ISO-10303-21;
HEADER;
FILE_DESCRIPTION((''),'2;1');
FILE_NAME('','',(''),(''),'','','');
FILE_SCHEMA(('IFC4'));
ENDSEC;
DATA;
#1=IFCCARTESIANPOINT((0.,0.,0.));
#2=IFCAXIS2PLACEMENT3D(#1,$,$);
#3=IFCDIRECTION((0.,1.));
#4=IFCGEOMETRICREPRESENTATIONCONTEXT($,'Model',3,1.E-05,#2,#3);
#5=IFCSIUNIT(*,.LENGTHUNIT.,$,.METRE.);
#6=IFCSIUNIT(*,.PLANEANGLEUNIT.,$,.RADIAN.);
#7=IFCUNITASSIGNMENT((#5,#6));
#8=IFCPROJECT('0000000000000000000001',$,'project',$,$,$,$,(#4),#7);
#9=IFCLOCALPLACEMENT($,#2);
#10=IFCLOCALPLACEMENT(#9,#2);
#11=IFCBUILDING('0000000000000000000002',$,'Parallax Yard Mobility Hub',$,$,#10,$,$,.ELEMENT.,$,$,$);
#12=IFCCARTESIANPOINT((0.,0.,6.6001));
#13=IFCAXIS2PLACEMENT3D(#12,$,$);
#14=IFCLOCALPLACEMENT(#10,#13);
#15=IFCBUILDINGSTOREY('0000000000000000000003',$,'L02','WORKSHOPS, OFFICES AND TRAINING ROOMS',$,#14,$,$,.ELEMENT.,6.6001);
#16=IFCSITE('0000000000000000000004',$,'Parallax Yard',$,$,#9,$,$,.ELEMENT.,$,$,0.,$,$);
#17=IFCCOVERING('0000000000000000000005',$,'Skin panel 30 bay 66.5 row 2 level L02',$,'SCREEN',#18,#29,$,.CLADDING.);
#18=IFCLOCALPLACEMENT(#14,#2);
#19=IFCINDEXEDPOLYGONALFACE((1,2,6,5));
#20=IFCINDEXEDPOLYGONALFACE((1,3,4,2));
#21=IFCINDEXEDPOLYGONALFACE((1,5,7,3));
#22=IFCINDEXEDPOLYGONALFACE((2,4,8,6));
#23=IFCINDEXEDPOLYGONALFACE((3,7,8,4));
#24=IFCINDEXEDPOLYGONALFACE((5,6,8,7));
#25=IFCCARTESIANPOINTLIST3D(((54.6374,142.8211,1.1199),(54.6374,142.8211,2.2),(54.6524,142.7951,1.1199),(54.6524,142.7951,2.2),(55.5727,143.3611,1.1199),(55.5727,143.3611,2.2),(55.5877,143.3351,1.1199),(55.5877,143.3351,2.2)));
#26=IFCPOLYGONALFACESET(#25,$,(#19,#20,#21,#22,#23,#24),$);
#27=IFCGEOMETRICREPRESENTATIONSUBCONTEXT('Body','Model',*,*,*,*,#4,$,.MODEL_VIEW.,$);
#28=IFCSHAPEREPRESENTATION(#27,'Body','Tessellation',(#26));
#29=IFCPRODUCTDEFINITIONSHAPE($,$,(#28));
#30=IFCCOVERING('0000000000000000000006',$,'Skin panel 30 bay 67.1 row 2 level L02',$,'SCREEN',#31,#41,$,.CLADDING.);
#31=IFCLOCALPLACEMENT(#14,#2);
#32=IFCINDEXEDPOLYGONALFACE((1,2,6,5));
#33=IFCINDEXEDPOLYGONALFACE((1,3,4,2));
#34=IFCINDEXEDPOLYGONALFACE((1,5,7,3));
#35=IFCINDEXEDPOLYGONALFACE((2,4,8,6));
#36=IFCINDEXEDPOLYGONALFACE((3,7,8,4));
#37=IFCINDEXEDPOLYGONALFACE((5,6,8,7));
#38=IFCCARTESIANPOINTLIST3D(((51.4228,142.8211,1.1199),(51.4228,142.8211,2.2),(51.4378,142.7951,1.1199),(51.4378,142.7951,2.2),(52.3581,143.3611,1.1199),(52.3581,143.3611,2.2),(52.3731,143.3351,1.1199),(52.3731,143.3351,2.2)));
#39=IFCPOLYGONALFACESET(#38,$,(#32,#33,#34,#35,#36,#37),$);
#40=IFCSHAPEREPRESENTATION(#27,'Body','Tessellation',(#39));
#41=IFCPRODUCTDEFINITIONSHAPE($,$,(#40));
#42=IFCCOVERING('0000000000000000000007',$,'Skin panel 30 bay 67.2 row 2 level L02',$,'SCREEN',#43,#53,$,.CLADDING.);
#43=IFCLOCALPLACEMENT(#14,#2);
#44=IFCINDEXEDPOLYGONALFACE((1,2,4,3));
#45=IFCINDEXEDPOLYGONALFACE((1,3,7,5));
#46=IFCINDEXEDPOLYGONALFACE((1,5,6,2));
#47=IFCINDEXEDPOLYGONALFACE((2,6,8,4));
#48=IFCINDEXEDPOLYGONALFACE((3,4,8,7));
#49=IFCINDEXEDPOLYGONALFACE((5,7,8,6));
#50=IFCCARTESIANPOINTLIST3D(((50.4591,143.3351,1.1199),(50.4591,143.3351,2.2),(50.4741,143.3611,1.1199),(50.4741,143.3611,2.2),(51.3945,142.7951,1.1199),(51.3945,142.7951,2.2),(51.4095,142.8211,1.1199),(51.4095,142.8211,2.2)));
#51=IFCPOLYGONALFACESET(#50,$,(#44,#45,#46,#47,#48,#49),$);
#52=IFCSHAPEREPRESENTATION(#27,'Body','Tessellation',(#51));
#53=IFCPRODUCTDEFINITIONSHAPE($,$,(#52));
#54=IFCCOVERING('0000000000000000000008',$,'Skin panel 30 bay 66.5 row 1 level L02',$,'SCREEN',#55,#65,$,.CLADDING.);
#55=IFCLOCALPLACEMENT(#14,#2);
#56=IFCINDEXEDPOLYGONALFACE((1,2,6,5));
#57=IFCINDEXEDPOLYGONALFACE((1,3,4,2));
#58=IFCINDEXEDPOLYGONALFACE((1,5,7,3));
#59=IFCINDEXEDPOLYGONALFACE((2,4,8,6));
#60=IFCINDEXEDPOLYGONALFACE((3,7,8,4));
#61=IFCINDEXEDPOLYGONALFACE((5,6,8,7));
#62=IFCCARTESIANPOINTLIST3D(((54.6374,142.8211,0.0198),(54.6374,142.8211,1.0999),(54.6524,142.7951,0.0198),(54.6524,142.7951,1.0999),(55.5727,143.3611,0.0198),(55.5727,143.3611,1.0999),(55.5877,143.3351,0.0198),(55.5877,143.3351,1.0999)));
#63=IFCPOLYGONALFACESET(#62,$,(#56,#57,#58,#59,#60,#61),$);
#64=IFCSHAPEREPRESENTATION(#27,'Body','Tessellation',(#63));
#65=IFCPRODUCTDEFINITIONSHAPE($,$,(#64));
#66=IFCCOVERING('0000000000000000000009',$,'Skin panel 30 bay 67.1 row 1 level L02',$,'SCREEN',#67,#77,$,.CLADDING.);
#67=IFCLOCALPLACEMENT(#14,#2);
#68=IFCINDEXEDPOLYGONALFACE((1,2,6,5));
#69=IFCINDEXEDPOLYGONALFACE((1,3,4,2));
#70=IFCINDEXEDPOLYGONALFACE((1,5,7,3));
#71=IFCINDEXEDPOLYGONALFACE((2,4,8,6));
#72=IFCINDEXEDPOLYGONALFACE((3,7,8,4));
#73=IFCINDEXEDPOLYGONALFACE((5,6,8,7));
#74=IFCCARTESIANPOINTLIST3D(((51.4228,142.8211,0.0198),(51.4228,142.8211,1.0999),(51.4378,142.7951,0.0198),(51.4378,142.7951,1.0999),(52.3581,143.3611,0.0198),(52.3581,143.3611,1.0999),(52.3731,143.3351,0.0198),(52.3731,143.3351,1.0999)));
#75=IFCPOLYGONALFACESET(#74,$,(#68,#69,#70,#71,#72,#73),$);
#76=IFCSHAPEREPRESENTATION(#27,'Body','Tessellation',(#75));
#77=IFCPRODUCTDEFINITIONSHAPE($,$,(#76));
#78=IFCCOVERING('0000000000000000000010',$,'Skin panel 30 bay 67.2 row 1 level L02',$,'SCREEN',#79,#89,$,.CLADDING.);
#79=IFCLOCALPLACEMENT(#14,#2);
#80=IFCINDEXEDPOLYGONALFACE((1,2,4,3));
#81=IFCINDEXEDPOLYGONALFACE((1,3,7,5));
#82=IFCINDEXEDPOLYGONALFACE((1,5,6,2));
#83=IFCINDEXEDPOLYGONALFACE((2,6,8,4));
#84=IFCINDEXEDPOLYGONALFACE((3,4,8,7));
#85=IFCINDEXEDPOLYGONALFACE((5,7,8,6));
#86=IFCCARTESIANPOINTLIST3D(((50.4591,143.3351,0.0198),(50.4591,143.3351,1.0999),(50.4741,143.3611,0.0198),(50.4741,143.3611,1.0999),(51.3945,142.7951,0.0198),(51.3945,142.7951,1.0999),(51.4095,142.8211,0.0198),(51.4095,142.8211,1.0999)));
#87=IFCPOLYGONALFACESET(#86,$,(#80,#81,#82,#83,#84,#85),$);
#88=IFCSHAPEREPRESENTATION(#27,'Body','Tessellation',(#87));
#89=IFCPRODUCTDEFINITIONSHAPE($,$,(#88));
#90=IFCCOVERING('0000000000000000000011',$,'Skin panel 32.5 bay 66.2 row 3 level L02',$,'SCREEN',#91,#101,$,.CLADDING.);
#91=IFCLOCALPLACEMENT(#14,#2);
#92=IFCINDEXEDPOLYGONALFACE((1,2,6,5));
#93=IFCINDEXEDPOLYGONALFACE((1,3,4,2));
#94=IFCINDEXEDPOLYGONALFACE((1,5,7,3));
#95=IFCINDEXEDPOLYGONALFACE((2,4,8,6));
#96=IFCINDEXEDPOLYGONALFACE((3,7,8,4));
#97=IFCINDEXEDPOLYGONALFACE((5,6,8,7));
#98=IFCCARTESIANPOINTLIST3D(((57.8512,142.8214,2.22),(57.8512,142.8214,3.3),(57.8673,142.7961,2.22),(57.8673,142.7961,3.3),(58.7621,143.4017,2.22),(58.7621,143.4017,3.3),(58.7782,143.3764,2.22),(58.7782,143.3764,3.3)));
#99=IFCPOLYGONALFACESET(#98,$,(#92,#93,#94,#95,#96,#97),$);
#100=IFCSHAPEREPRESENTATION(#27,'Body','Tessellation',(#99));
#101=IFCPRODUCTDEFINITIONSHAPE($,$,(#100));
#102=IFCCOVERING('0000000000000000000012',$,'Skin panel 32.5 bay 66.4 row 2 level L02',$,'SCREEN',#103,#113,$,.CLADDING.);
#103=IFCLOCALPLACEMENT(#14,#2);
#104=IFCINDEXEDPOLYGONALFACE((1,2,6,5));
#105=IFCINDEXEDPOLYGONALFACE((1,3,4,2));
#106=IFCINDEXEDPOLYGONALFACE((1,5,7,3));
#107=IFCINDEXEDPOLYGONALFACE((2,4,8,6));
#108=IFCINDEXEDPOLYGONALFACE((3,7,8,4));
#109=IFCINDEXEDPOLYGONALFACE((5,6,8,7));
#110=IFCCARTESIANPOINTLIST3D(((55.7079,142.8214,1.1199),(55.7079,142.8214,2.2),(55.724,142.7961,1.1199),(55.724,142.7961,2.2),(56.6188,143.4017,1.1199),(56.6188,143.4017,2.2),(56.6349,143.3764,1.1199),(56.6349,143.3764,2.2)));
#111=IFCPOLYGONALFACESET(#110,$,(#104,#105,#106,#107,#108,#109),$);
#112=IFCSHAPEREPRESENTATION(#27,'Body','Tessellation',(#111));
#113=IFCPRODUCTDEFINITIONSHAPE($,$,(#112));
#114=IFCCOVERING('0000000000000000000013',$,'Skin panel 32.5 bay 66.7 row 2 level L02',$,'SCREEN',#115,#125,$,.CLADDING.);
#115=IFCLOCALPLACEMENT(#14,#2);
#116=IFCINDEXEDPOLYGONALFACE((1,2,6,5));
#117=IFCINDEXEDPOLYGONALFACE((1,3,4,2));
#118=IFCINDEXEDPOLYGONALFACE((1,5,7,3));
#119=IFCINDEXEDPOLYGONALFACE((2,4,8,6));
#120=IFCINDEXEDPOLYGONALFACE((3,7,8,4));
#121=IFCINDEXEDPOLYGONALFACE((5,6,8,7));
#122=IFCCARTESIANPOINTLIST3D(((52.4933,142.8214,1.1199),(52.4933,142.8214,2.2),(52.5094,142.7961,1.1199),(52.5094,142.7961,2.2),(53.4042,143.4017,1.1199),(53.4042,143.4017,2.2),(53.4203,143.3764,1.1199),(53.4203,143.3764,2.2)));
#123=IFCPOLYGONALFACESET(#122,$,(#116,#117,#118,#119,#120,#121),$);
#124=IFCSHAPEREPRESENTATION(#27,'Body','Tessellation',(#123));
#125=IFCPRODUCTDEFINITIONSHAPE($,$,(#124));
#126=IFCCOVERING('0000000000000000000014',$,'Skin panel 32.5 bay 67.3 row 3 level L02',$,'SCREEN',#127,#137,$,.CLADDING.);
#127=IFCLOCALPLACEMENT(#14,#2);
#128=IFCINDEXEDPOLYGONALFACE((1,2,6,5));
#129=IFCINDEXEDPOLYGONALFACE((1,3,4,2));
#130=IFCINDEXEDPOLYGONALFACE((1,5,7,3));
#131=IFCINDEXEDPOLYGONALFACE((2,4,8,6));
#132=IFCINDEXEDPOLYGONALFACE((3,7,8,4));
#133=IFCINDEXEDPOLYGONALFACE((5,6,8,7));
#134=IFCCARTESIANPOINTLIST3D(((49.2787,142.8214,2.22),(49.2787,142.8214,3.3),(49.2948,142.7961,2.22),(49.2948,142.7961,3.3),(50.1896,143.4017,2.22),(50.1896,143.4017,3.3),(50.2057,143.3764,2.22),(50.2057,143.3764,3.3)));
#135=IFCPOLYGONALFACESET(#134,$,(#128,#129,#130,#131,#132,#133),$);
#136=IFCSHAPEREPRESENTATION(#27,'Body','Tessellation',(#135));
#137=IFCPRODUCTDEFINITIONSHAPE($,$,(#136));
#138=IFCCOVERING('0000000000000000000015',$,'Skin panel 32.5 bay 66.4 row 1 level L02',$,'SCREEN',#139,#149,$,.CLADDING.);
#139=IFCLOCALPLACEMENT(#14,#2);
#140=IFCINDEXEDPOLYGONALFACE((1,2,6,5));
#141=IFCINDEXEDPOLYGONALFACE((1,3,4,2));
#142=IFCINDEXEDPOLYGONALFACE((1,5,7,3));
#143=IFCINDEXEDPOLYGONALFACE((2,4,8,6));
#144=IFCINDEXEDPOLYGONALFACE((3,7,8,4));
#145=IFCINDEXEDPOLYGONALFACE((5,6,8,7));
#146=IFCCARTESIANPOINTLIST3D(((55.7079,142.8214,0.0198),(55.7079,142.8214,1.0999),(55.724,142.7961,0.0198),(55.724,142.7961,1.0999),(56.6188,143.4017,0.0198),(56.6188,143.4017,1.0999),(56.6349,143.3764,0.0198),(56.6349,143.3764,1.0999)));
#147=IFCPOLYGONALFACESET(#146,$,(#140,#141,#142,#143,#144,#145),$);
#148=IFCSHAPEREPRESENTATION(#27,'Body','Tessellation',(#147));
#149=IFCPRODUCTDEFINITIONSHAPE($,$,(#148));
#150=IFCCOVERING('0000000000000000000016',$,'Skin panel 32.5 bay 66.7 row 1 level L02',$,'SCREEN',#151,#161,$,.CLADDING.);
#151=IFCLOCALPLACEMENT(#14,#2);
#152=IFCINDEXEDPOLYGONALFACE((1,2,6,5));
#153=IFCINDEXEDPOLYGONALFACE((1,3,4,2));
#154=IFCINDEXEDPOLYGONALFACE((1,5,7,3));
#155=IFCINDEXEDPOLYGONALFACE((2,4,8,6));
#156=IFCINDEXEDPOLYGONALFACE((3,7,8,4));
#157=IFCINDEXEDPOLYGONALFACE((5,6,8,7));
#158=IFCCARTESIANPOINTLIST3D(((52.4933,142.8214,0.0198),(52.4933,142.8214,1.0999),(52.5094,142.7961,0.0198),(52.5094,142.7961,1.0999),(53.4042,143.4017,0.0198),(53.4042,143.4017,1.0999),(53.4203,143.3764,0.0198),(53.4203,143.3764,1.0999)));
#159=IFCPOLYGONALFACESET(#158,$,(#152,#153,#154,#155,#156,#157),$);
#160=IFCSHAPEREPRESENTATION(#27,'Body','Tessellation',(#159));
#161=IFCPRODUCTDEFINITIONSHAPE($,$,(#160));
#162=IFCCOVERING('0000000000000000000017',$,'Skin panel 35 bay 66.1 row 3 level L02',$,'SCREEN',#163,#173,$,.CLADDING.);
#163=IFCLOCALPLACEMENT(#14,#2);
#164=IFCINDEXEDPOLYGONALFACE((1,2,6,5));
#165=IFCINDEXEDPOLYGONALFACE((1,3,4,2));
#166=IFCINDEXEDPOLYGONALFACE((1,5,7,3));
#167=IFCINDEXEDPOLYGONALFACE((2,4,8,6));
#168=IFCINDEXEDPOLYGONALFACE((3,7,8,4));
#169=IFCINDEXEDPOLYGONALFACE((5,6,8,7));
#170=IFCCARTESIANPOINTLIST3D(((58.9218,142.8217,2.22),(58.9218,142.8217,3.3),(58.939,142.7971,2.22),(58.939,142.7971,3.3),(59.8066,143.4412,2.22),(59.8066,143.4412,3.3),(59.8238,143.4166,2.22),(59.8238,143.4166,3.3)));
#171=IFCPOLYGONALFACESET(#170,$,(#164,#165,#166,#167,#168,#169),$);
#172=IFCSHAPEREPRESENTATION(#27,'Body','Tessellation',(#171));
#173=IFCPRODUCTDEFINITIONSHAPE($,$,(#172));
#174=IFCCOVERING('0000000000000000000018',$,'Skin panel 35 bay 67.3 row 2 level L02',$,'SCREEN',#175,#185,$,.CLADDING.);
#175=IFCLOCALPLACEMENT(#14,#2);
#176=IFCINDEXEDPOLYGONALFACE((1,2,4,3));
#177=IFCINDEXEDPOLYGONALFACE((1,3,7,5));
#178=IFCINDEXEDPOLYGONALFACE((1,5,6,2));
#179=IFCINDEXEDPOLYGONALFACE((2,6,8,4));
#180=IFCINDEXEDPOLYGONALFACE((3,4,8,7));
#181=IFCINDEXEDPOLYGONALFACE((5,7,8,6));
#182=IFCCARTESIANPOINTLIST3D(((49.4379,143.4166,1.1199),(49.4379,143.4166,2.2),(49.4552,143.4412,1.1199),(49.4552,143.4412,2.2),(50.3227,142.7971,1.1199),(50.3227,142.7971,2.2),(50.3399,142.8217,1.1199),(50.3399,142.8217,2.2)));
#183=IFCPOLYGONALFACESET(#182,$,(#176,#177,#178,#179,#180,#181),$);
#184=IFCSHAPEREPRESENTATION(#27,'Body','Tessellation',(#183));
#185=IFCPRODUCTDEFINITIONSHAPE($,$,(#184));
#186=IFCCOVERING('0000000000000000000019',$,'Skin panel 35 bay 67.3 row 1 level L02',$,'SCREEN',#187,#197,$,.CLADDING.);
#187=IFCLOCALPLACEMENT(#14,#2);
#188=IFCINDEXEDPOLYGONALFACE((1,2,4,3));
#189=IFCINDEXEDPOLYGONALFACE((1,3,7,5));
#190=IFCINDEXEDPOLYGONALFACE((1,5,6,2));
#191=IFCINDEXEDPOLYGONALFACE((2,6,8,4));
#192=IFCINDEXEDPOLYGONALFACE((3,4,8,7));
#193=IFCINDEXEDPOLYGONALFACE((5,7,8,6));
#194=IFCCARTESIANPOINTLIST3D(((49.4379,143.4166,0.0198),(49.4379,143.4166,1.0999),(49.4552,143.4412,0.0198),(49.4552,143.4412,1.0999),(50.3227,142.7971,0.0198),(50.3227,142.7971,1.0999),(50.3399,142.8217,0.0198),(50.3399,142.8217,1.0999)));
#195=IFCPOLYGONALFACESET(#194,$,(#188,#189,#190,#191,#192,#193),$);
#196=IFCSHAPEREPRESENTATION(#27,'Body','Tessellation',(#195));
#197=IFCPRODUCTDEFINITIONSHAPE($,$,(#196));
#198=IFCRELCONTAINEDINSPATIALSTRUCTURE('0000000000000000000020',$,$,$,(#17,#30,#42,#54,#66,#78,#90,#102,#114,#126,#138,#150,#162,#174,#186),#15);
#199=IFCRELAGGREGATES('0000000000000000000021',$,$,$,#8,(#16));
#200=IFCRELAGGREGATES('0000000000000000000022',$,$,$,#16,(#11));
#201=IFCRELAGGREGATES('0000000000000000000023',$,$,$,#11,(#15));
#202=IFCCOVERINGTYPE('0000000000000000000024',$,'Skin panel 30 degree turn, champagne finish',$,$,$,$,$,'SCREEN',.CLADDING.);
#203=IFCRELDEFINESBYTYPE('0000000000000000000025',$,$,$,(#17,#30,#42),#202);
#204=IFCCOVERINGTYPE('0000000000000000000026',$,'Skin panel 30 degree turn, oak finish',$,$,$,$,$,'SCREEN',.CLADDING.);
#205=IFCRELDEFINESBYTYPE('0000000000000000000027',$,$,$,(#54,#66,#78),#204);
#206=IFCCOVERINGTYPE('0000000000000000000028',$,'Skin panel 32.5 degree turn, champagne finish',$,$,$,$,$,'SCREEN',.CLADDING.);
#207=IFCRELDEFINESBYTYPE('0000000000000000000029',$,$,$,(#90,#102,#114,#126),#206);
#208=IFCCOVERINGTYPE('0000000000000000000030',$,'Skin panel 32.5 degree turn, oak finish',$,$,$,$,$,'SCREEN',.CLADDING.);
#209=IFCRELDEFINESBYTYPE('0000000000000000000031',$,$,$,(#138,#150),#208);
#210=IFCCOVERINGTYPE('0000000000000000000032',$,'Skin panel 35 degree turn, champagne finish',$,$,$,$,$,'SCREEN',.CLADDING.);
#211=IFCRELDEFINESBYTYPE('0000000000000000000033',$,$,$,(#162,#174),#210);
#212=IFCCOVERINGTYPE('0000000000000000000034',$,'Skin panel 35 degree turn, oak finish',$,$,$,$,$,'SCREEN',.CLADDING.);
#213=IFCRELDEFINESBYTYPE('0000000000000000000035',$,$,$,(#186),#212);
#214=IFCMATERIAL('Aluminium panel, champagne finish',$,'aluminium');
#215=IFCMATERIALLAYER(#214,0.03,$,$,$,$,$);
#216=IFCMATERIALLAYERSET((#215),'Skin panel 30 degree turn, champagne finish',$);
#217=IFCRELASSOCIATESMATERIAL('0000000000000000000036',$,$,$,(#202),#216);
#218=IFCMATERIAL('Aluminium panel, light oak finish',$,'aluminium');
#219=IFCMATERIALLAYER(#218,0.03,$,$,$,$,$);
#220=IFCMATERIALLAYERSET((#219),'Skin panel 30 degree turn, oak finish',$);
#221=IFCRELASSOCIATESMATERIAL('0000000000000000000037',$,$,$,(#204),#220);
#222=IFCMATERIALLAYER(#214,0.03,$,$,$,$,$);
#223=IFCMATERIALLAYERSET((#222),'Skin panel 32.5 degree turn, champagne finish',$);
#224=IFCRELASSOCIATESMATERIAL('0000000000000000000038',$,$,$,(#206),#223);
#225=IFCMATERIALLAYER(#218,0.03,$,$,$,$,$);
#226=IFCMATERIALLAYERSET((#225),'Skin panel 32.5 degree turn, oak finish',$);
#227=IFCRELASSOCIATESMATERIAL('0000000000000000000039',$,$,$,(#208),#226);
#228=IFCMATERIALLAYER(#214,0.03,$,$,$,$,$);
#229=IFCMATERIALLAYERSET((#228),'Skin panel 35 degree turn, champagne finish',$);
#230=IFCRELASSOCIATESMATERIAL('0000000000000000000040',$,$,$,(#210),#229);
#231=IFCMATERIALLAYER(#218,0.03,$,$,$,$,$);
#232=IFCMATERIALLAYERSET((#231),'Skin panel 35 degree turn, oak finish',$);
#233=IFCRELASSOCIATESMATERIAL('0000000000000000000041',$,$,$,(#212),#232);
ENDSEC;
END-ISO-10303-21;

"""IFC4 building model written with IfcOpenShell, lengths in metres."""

from ifc_helpers import new_model, si_unit, direction, frame, origin, origin_2d, place, context, subcontext, project, spatial, rectangle, extrude, material, layer, layer_set, type_object, element, save


model = new_model("IFC4")

# Units and contexts
model_context = context("Model", 3, precision=1e-05, world=origin(), true_north=direction((0.0, 1.0)))
body_context = subcontext(model_context, "Body", "Model", "MODEL_VIEW")
ifc_project = project(units=[si_unit("LENGTHUNIT", "METRE"), si_unit("PLANEANGLEUNIT", "RADIAN")], contexts=[model_context])

# Site, building, storey
site_placement = place(None, origin())
site = spatial("IfcSite", under=ifc_project, at=site_placement, Name="Parallax Yard", CompositionType="ELEMENT", RefElevation=0.0)
building_placement = place(site_placement, origin())
building = spatial("IfcBuilding", under=site, at=building_placement, Name="Parallax Yard Mobility Hub", CompositionType="ELEMENT")
storey_placement = place(building_placement, frame((0.0, 0.0, 6.6001)))
storey = spatial("IfcBuildingStorey", under=building, at=storey_placement, Name="L02", Description="WORKSHOPS, OFFICES AND TRAINING ROOMS", CompositionType="ELEMENT", Elevation=6.6001)

# Coverings
ifc_material_1 = material(Name="Aluminium panel, champagne finish", Category="aluminium")
ifc_material_2 = material(Name="Aluminium panel, light oak finish", Category="aluminium")
ifc_layer_1 = layer(ifc_material_1, 0.03)
ifc_layer_set_1 = layer_set([ifc_layer_1], Name="Skin panel 30 degree turn, champagne finish")
covering_type_1 = type_object("IfcCoveringType", Name="Skin panel 30 degree turn, champagne finish", ElementType="SCREEN", PredefinedType="CLADDING", material=ifc_layer_set_1)
for number, where, z_axis, x_axis, name in (
    (1, (55.1125, 143.0781, 1.1199), (0.0, 0.0, 1.0), (0.866025, 0.5, 0.0), "Skin panel 30 bay 66.5 row 2 level L02"),
    (2, (51.8979, 143.0781, 1.1199), (0.0, 0.0, 1.0), (0.866025, 0.5, 0.0), "Skin panel 30 bay 67.1 row 2 level L02"),
    (3, (50.9343, 143.0781, 1.1199), (0.0, 0.0, 1.0), (-0.866025, 0.5, 0.0), "Skin panel 30 bay 67.2 row 2 level L02"),
):
    element("IfcCovering", number, at=place(storey_placement, frame(where, z_axis=z_axis, x_axis=x_axis)), inside=storey, type_object=covering_type_1, Name=name, ObjectType="SCREEN", PredefinedType="CLADDING", context=body_context, shape_type="SweptSolid", body=[
        extrude(rectangle(XDim=1.0801, YDim=0.03, at=origin_2d()), origin(), (0.0, 0.0, 1.0), 1.0801),
    ])
ifc_layer_2 = layer(ifc_material_2, 0.03)
ifc_layer_set_2 = layer_set([ifc_layer_2], Name="Skin panel 30 degree turn, oak finish")
covering_type_2 = type_object("IfcCoveringType", Name="Skin panel 30 degree turn, oak finish", ElementType="SCREEN", PredefinedType="CLADDING", material=ifc_layer_set_2)
for number, where, z_axis, x_axis, name in (
    (4, (55.1125, 143.0781, 0.0198), (0.0, 0.0, 1.0), (0.866025, 0.5, 0.0), "Skin panel 30 bay 66.5 row 1 level L02"),
    (5, (51.8979, 143.0781, 0.0198), (0.0, 0.0, 1.0), (0.866025, 0.5, 0.0), "Skin panel 30 bay 67.1 row 1 level L02"),
    (6, (50.9343, 143.0781, 0.0198), (0.0, 0.0, 1.0), (-0.866025, 0.5, 0.0), "Skin panel 30 bay 67.2 row 1 level L02"),
):
    element("IfcCovering", number, at=place(storey_placement, frame(where, z_axis=z_axis, x_axis=x_axis)), inside=storey, type_object=covering_type_2, Name=name, ObjectType="SCREEN", PredefinedType="CLADDING", context=body_context, shape_type="SweptSolid", body=[
        extrude(rectangle(XDim=1.0801, YDim=0.03, at=origin_2d()), origin(), (0.0, 0.0, 1.0), 1.0801),
    ])
ifc_layer_3 = layer(ifc_material_1, 0.03)
ifc_layer_set_3 = layer_set([ifc_layer_3], Name="Skin panel 32.5 degree turn, champagne finish")
covering_type_3 = type_object("IfcCoveringType", Name="Skin panel 32.5 degree turn, champagne finish", ElementType="SCREEN", PredefinedType="CLADDING", material=ifc_layer_set_3)
for number, where, z_axis, x_axis, name in (
    (7, (58.3147, 143.0989, 2.22), (0.0, 0.0, 1.0), (0.843391, 0.5373, 0.0), "Skin panel 32.5 bay 66.2 row 3 level L02"),
    (8, (56.1714, 143.0989, 1.1199), (0.0, 0.0, 1.0), (0.843391, 0.5373, 0.0), "Skin panel 32.5 bay 66.4 row 2 level L02"),
    (9, (52.9568, 143.0989, 1.1199), (0.0, 0.0, 1.0), (0.843391, 0.5373, 0.0), "Skin panel 32.5 bay 66.7 row 2 level L02"),
    (10, (49.7422, 143.0989, 2.22), (0.0, 0.0, 1.0), (0.843391, 0.5373, 0.0), "Skin panel 32.5 bay 67.3 row 3 level L02"),
):
    element("IfcCovering", number, at=place(storey_placement, frame(where, z_axis=z_axis, x_axis=x_axis)), inside=storey, type_object=covering_type_3, Name=name, ObjectType="SCREEN", PredefinedType="CLADDING", context=body_context, shape_type="SweptSolid", body=[
        extrude(rectangle(XDim=1.0801, YDim=0.03, at=origin_2d()), origin(), (0.0, 0.0, 1.0), 1.0801),
    ])
ifc_layer_4 = layer(ifc_material_2, 0.03)
ifc_layer_set_4 = layer_set([ifc_layer_4], Name="Skin panel 32.5 degree turn, oak finish")
covering_type_4 = type_object("IfcCoveringType", Name="Skin panel 32.5 degree turn, oak finish", ElementType="SCREEN", PredefinedType="CLADDING", material=ifc_layer_set_4)
for number, where, z_axis, x_axis, name in (
    (11, (56.1714, 143.0989, 0.0198), (0.0, 0.0, 1.0), (0.843391, 0.5373, 0.0), "Skin panel 32.5 bay 66.4 row 1 level L02"),
    (12, (52.9568, 143.0989, 0.0198), (0.0, 0.0, 1.0), (0.843391, 0.5373, 0.0), "Skin panel 32.5 bay 66.7 row 1 level L02"),
):
    element("IfcCovering", number, at=place(storey_placement, frame(where, z_axis=z_axis, x_axis=x_axis)), inside=storey, type_object=covering_type_4, Name=name, ObjectType="SCREEN", PredefinedType="CLADDING", context=body_context, shape_type="SweptSolid", body=[
        extrude(rectangle(XDim=1.0801, YDim=0.03, at=origin_2d()), origin(), (0.0, 0.0, 1.0), 1.0801),
    ])
ifc_layer_5 = layer(ifc_material_1, 0.03)
ifc_layer_set_5 = layer_set([ifc_layer_5], Name="Skin panel 35 degree turn, champagne finish")
covering_type_5 = type_object("IfcCoveringType", Name="Skin panel 35 degree turn, champagne finish", ElementType="SCREEN", PredefinedType="CLADDING", material=ifc_layer_set_5)
for number, where, z_axis, x_axis, name in (
    (13, (59.3728, 143.1191, 2.22), (0.0, 0.0, 1.0), (0.819152, 0.573576, 0.0), "Skin panel 35 bay 66.1 row 3 level L02"),
    (14, (49.8889, 143.1191, 1.1199), (0.0, 0.0, 1.0), (-0.819152, 0.573576, 0.0), "Skin panel 35 bay 67.3 row 2 level L02"),
):
    element("IfcCovering", number, at=place(storey_placement, frame(where, z_axis=z_axis, x_axis=x_axis)), inside=storey, type_object=covering_type_5, Name=name, ObjectType="SCREEN", PredefinedType="CLADDING", context=body_context, shape_type="SweptSolid", body=[
        extrude(rectangle(XDim=1.0801, YDim=0.03, at=origin_2d()), origin(), (0.0, 0.0, 1.0), 1.0801),
    ])
ifc_layer_6 = layer(ifc_material_2, 0.03)
ifc_layer_set_6 = layer_set([ifc_layer_6], Name="Skin panel 35 degree turn, oak finish")
covering_type_6 = type_object("IfcCoveringType", Name="Skin panel 35 degree turn, oak finish", ElementType="SCREEN", PredefinedType="CLADDING", material=ifc_layer_set_6)
covering_1_placement = place(storey_placement, frame((49.8889, 143.1191, 0.0198), z_axis=(0.0, 0.0, 1.0), x_axis=(-0.819152, 0.573576, 0.0)))
element("IfcCovering", 15, at=covering_1_placement, inside=storey, type_object=covering_type_6, Name="Skin panel 35 bay 67.3 row 1 level L02", ObjectType="SCREEN", PredefinedType="CLADDING", context=body_context, shape_type="SweptSolid", body=[
    extrude(rectangle(XDim=1.0801, YDim=0.03, at=origin_2d()), origin(), (0.0, 0.0, 1.0), 1.0801),
])

save(model, "model.ifc")
